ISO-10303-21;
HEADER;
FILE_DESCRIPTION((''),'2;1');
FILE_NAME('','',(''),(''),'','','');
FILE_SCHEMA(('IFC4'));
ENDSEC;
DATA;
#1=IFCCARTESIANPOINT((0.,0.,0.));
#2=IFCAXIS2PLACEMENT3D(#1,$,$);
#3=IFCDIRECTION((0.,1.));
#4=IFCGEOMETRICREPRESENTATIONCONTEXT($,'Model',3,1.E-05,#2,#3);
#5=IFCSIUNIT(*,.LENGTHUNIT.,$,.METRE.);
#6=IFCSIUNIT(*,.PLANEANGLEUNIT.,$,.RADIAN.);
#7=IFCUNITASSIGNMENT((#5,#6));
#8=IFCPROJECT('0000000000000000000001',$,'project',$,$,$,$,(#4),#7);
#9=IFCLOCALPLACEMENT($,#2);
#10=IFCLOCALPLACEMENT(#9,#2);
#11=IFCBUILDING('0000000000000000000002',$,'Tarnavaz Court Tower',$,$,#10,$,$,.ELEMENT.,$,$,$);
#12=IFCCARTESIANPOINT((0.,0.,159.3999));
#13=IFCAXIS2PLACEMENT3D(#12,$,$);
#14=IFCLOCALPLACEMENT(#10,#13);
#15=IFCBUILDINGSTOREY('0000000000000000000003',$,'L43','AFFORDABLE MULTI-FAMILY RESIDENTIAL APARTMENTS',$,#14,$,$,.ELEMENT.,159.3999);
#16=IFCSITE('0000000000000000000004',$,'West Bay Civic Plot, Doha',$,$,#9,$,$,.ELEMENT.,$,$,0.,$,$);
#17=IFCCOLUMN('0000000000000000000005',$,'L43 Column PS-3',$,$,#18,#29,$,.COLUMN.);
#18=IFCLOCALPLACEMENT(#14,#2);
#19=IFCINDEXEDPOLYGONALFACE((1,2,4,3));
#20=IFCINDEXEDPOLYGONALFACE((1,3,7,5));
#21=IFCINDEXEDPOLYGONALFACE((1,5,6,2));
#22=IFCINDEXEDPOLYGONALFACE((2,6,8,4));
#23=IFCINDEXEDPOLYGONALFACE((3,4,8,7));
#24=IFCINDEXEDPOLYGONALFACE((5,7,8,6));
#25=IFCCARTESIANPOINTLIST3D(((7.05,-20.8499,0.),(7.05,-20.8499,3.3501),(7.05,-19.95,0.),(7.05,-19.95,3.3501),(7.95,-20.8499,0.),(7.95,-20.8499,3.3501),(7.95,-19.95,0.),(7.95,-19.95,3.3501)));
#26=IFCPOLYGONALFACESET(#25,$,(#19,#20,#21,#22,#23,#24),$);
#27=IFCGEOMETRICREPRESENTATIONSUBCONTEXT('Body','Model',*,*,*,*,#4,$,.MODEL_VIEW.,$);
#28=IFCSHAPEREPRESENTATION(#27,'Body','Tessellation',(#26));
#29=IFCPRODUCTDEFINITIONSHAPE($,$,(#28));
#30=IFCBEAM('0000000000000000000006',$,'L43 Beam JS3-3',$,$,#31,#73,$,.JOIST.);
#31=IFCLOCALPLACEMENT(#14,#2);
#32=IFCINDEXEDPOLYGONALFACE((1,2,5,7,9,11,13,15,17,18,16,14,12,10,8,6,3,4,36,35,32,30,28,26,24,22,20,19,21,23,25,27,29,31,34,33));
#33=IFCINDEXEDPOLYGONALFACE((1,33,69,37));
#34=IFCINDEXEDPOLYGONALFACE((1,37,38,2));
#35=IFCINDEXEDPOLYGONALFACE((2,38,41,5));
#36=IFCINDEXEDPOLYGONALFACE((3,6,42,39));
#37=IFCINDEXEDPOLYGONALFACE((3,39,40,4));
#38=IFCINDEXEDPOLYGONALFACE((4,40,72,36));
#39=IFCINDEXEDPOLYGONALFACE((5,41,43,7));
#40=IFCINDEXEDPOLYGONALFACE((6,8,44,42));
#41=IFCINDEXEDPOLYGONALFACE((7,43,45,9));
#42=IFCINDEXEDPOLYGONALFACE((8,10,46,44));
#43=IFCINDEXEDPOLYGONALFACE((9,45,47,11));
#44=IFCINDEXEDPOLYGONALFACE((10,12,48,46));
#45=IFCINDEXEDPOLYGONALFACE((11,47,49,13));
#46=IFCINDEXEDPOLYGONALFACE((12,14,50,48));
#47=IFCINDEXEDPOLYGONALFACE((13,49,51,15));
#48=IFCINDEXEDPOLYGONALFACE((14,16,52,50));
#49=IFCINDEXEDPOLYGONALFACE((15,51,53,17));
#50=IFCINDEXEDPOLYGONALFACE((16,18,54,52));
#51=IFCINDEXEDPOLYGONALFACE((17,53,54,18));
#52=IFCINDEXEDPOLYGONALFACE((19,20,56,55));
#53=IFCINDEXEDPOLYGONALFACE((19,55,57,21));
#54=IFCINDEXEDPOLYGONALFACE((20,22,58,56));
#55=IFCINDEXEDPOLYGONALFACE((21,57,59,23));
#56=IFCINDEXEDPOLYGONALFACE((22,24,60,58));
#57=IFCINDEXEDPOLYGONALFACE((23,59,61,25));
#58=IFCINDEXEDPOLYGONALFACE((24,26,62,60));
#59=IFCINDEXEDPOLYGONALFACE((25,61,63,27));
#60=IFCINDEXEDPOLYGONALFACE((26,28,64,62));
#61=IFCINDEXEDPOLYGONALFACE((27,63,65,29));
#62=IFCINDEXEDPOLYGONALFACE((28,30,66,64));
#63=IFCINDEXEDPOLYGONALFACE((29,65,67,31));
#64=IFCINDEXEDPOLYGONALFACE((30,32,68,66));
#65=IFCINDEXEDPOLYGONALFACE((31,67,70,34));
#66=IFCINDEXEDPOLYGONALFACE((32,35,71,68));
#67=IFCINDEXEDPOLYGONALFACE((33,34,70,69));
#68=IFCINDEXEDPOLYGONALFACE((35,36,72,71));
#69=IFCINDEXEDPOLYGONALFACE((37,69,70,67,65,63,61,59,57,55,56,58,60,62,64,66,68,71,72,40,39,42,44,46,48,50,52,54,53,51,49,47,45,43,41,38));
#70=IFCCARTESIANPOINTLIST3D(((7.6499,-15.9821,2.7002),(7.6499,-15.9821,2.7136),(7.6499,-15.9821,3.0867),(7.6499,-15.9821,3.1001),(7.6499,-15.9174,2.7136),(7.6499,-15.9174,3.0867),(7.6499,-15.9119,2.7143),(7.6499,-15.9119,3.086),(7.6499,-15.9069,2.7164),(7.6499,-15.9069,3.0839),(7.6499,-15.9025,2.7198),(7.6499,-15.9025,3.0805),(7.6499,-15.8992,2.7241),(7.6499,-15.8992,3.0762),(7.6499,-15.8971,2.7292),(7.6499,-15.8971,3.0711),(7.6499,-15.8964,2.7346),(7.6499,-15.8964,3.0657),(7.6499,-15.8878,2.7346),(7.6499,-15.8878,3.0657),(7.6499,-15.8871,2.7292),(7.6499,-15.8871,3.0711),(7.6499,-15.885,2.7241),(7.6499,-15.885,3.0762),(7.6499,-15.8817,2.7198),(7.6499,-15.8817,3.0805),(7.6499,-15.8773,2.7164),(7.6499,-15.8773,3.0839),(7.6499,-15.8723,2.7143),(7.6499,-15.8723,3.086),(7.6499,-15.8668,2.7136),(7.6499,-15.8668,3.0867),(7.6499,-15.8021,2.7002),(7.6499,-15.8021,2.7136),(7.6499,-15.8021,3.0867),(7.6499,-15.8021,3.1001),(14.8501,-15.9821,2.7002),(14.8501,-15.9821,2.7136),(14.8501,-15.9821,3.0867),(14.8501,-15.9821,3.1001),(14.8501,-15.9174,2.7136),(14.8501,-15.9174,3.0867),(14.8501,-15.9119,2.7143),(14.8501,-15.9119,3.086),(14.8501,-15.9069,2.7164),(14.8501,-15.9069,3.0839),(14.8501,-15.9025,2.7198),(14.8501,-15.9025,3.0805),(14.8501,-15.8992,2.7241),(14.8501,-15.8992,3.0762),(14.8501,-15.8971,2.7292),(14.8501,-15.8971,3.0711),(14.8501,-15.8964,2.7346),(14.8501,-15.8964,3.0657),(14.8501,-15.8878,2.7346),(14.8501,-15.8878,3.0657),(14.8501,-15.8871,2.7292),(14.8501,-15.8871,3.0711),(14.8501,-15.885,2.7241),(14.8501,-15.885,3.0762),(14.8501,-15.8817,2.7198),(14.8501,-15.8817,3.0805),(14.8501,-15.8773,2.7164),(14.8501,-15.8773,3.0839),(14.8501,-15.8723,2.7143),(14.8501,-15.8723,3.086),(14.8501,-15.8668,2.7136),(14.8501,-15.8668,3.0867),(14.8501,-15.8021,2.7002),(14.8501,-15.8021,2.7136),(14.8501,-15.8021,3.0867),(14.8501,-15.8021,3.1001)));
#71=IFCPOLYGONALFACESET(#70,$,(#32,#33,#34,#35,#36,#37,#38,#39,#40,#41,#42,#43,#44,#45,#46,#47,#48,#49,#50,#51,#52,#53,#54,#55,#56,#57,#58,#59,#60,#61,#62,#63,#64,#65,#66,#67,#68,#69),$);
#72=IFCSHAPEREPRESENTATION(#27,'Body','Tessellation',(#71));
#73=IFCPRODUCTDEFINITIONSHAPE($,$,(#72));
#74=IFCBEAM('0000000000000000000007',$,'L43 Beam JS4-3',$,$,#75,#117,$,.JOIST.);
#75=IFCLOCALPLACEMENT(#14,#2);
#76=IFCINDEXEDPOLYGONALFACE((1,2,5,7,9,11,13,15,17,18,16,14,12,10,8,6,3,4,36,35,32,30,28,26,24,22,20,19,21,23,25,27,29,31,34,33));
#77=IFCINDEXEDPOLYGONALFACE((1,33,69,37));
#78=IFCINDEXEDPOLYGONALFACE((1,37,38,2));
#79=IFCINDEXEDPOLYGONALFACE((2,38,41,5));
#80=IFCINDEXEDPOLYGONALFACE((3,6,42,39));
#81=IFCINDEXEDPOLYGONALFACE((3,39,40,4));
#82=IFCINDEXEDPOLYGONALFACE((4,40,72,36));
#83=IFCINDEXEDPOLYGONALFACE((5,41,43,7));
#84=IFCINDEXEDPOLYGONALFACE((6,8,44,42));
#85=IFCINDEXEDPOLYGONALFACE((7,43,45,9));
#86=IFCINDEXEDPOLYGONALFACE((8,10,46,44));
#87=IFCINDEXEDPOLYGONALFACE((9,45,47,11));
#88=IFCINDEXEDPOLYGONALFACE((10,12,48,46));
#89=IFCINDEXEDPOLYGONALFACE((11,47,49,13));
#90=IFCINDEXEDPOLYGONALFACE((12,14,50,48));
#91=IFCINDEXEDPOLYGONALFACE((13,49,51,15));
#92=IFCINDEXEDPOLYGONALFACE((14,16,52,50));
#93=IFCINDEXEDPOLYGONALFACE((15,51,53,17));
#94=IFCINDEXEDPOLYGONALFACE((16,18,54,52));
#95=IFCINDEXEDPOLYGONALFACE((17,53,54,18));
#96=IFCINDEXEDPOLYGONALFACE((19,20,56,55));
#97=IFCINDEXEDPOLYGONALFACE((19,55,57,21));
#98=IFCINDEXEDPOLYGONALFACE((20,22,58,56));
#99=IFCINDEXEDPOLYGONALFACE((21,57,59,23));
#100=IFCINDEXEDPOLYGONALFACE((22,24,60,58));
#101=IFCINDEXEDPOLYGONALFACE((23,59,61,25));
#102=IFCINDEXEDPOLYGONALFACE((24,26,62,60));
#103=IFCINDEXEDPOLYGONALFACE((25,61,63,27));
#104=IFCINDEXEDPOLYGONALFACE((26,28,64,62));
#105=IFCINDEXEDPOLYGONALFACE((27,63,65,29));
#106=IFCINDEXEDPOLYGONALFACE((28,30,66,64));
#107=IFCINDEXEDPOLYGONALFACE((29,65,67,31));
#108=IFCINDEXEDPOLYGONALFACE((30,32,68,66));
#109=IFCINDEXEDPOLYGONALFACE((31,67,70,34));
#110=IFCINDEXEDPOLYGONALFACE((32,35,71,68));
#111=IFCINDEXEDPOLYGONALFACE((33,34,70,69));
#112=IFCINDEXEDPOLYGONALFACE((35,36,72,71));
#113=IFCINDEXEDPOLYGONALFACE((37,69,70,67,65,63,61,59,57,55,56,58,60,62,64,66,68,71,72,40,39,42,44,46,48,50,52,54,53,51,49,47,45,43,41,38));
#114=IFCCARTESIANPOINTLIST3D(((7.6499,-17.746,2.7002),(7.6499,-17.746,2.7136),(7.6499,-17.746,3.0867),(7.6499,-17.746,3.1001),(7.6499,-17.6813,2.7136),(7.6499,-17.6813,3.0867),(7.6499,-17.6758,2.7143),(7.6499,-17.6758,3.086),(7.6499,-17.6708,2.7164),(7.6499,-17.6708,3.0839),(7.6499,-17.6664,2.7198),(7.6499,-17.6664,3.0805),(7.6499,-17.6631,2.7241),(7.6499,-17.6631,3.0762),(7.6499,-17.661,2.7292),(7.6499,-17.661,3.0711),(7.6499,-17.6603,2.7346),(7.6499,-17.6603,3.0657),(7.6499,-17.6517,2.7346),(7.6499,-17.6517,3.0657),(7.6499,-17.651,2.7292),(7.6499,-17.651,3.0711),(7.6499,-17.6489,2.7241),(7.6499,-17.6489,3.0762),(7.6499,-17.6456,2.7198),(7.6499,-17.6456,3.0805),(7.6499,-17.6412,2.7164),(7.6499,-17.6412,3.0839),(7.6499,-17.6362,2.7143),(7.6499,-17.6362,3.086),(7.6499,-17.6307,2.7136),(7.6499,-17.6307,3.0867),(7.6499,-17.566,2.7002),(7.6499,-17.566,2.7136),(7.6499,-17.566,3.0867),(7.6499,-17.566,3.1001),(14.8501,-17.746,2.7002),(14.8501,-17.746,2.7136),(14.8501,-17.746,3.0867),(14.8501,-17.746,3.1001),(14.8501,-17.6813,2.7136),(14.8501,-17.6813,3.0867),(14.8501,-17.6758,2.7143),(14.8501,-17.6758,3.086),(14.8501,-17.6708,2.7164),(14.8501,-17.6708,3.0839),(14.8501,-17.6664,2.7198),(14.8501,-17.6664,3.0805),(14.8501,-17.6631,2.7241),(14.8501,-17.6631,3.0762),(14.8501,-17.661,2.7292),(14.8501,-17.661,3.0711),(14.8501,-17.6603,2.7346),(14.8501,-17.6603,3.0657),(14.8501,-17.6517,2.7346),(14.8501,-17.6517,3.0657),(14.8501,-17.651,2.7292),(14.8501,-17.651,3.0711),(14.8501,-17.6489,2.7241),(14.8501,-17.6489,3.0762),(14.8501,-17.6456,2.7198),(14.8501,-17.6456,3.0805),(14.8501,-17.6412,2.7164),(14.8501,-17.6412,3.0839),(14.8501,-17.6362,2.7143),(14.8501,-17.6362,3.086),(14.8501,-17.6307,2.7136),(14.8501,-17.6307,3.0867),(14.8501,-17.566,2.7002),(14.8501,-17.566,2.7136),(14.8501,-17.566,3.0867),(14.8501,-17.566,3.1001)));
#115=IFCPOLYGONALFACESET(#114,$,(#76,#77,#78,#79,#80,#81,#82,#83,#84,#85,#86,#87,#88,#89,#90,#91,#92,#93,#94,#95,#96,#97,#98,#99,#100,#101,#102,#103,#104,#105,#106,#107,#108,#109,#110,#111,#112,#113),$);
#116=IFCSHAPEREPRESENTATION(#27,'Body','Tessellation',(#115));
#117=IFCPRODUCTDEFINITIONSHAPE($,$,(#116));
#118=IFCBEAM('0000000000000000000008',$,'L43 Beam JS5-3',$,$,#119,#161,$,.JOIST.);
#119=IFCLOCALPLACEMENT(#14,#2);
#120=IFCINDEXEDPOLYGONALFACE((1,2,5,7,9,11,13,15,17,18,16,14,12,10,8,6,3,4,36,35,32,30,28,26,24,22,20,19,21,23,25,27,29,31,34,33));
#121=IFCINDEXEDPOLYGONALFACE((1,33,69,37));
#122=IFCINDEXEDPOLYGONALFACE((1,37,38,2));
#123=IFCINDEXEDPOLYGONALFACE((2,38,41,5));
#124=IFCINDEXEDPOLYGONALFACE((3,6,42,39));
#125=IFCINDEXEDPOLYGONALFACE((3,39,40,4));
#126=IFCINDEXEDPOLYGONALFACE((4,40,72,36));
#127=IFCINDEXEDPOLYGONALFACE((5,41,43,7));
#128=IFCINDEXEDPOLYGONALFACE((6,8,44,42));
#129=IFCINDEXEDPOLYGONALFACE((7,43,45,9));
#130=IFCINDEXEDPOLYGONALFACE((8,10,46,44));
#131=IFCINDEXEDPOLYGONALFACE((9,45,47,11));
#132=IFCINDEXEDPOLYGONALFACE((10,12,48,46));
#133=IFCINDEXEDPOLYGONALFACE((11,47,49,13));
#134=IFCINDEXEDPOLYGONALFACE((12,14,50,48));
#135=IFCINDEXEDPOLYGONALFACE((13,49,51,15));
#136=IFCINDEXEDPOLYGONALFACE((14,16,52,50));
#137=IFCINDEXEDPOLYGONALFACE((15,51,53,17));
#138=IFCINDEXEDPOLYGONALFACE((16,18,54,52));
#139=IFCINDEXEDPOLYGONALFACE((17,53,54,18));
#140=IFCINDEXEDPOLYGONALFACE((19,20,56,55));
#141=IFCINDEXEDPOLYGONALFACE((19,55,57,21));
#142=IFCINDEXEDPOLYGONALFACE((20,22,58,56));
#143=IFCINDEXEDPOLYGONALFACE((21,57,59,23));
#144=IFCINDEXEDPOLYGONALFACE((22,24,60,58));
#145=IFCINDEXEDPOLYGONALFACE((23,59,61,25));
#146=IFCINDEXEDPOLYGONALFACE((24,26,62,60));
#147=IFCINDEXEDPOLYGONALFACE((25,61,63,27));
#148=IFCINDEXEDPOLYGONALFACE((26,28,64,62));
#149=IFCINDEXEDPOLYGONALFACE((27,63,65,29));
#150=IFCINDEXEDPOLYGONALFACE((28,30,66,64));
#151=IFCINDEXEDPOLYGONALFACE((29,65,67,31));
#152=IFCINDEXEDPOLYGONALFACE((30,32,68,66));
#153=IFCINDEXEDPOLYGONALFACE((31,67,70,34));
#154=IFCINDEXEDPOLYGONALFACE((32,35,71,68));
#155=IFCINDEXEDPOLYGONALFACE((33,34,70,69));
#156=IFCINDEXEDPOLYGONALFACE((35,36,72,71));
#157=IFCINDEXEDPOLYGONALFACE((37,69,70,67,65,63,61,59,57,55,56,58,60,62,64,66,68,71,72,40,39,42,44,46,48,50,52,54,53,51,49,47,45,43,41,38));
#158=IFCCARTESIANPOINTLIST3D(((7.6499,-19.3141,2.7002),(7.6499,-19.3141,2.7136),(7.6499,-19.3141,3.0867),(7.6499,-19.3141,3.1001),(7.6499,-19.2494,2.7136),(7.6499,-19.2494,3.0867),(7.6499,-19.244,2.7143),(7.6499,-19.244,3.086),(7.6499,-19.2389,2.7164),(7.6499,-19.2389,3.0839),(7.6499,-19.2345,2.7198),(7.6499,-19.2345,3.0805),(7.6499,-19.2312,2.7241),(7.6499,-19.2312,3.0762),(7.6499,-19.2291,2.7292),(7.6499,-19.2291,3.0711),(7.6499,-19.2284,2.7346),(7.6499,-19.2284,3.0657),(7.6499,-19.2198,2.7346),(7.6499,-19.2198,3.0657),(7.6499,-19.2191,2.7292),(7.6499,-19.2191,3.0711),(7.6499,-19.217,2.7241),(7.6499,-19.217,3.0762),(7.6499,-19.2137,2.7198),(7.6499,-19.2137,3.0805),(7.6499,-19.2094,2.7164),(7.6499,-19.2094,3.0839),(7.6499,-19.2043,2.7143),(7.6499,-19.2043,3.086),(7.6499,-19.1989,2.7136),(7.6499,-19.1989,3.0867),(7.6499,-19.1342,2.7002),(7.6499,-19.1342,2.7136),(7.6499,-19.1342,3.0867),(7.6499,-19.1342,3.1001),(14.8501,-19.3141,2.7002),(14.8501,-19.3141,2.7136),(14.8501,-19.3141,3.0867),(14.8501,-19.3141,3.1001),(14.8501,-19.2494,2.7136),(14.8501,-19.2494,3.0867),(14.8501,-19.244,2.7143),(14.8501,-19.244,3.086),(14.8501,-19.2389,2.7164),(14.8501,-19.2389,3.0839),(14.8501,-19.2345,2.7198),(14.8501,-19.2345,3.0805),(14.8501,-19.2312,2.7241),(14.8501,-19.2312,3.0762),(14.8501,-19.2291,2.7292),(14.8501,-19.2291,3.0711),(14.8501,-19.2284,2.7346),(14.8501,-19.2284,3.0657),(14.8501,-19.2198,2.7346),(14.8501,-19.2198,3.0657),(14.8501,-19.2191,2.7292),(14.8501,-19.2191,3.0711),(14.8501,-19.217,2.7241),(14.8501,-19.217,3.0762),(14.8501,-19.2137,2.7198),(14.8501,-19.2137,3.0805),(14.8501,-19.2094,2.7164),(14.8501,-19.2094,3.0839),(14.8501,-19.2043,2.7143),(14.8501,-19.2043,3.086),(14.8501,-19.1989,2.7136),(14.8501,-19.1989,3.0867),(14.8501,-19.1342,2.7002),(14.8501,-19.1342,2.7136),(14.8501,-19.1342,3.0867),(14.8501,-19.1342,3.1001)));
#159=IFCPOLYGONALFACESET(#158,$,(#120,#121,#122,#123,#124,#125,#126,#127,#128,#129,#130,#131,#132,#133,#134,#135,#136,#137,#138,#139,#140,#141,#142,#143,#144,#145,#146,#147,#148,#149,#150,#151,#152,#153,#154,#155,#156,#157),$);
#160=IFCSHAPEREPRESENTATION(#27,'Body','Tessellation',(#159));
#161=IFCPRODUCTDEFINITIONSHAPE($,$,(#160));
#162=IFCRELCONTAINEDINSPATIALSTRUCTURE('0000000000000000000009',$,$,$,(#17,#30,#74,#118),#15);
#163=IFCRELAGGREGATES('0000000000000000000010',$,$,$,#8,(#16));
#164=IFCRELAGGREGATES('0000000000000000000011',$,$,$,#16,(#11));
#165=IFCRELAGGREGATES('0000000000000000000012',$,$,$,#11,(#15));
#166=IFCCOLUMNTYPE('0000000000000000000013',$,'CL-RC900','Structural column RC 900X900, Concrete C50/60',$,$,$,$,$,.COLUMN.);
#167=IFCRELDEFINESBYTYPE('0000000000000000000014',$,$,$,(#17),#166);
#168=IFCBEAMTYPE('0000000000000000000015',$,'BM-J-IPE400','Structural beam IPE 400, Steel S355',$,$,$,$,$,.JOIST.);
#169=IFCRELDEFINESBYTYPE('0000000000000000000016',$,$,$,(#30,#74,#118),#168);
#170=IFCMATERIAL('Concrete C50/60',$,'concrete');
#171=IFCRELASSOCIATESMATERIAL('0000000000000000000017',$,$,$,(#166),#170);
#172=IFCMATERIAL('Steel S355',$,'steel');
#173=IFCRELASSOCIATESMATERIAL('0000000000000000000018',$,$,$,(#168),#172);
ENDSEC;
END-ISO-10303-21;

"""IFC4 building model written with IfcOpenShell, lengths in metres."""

from ifc_helpers import new_model, si_unit, direction, frame, origin, origin_2d, place, context, subcontext, project, spatial, rectangle, i_section, extrude, material, material_profile, profile_set, type_object, element, save


model = new_model("IFC4")

# Units and contexts
model_context = context("Model", 3, precision=1e-05, world=origin(), true_north=direction((0.0, 1.0)))
body_context = subcontext(model_context, "Body", "Model", "MODEL_VIEW")
ifc_project = project(units=[si_unit("LENGTHUNIT", "METRE"), si_unit("PLANEANGLEUNIT", "RADIAN")], contexts=[model_context])

# Site, building, storey
site_placement = place(None, origin())
site = spatial("IfcSite", under=ifc_project, at=site_placement, Name="West Bay Civic Plot, Doha", CompositionType="ELEMENT", RefElevation=0.0)
building_placement = place(site_placement, origin())
building = spatial("IfcBuilding", under=site, at=building_placement, Name="Tarnavaz Court Tower", CompositionType="ELEMENT")
storey_placement = place(building_placement, frame((0.0, 0.0, 159.3999)))
storey = spatial("IfcBuildingStorey", under=building, at=storey_placement, Name="L43", Description="AFFORDABLE MULTI-FAMILY RESIDENTIAL APARTMENTS", CompositionType="ELEMENT", Elevation=159.3999)

# Column
ifc_material_1 = material(Name="Concrete C50/60", Category="concrete")
ifc_material_profile_1 = material_profile(ifc_material_1, rectangle(XDim=0.8999, YDim=0.8999, at=origin_2d()), Name="RC 900X900")
ifc_profile_set_1 = profile_set([ifc_material_profile_1], Name="Concrete C50/60")
column_type = type_object("IfcColumnType", Name="CL-RC900", Description="Structural column RC 900X900, Concrete C50/60", PredefinedType="COLUMN", material=ifc_profile_set_1)
column_placement = place(storey_placement, frame((7.5, -20.3999, 0.0), z_axis=(0.0, 0.0, 1.0), x_axis=(1.0, 0.0, 0.0)))
element("IfcColumn", 1, at=column_placement, inside=storey, type_object=column_type, Name="L43 Column PS-3", PredefinedType="COLUMN", context=body_context, shape_type="SweptSolid", body=[
    extrude(rectangle(XDim=0.8999, YDim=0.8999, at=origin_2d()), origin(), (0.0, 0.0, 1.0), 3.3501),
])

# Beams
ifc_material_2 = material(Name="Steel S355", Category="steel")
ifc_material_profile_2 = material_profile(ifc_material_2, i_section(OverallWidth=0.1799, OverallDepth=0.3999, WebThickness=0.0085, FlangeThickness=0.0134, FilletRadius=0.021, at=origin_2d()), Name="IPE 400")
ifc_profile_set_2 = profile_set([ifc_material_profile_2], Name="Steel S355")
beam_type_1 = type_object("IfcBeamType", Name="BM-J-IPE400", Description="Structural beam IPE 400, Steel S355", PredefinedType="JOIST", material=ifc_profile_set_2)
for number, where, z_axis, x_axis, name in (
    (2, (7.6499, -15.8921, 2.9001), (1.0, 0.0, 0.0), (0.0, 1.0, 0.0), "L43 Beam JS3-3"),
    (3, (7.6499, -17.656, 2.9001), (1.0, 0.0, 0.0), (0.0, 1.0, 0.0), "L43 Beam JS4-3"),
    (4, (7.6499, -19.2241, 2.9001), (1.0, 0.0, 0.0), (0.0, 1.0, 0.0), "L43 Beam JS5-3"),
):
    element("IfcBeam", number, at=place(storey_placement, frame(where, z_axis=z_axis, x_axis=x_axis)), inside=storey, type_object=beam_type_1, Name=name, PredefinedType="JOIST", context=body_context, shape_type="SweptSolid", body=[
        extrude(i_section(OverallWidth=0.1799, OverallDepth=0.3999, WebThickness=0.0085, FlangeThickness=0.0134, FilletRadius=0.021, at=origin_2d()), origin(), (0.0, 0.0, 1.0), 7.2002),
    ])

save(model, "model.ifc")
